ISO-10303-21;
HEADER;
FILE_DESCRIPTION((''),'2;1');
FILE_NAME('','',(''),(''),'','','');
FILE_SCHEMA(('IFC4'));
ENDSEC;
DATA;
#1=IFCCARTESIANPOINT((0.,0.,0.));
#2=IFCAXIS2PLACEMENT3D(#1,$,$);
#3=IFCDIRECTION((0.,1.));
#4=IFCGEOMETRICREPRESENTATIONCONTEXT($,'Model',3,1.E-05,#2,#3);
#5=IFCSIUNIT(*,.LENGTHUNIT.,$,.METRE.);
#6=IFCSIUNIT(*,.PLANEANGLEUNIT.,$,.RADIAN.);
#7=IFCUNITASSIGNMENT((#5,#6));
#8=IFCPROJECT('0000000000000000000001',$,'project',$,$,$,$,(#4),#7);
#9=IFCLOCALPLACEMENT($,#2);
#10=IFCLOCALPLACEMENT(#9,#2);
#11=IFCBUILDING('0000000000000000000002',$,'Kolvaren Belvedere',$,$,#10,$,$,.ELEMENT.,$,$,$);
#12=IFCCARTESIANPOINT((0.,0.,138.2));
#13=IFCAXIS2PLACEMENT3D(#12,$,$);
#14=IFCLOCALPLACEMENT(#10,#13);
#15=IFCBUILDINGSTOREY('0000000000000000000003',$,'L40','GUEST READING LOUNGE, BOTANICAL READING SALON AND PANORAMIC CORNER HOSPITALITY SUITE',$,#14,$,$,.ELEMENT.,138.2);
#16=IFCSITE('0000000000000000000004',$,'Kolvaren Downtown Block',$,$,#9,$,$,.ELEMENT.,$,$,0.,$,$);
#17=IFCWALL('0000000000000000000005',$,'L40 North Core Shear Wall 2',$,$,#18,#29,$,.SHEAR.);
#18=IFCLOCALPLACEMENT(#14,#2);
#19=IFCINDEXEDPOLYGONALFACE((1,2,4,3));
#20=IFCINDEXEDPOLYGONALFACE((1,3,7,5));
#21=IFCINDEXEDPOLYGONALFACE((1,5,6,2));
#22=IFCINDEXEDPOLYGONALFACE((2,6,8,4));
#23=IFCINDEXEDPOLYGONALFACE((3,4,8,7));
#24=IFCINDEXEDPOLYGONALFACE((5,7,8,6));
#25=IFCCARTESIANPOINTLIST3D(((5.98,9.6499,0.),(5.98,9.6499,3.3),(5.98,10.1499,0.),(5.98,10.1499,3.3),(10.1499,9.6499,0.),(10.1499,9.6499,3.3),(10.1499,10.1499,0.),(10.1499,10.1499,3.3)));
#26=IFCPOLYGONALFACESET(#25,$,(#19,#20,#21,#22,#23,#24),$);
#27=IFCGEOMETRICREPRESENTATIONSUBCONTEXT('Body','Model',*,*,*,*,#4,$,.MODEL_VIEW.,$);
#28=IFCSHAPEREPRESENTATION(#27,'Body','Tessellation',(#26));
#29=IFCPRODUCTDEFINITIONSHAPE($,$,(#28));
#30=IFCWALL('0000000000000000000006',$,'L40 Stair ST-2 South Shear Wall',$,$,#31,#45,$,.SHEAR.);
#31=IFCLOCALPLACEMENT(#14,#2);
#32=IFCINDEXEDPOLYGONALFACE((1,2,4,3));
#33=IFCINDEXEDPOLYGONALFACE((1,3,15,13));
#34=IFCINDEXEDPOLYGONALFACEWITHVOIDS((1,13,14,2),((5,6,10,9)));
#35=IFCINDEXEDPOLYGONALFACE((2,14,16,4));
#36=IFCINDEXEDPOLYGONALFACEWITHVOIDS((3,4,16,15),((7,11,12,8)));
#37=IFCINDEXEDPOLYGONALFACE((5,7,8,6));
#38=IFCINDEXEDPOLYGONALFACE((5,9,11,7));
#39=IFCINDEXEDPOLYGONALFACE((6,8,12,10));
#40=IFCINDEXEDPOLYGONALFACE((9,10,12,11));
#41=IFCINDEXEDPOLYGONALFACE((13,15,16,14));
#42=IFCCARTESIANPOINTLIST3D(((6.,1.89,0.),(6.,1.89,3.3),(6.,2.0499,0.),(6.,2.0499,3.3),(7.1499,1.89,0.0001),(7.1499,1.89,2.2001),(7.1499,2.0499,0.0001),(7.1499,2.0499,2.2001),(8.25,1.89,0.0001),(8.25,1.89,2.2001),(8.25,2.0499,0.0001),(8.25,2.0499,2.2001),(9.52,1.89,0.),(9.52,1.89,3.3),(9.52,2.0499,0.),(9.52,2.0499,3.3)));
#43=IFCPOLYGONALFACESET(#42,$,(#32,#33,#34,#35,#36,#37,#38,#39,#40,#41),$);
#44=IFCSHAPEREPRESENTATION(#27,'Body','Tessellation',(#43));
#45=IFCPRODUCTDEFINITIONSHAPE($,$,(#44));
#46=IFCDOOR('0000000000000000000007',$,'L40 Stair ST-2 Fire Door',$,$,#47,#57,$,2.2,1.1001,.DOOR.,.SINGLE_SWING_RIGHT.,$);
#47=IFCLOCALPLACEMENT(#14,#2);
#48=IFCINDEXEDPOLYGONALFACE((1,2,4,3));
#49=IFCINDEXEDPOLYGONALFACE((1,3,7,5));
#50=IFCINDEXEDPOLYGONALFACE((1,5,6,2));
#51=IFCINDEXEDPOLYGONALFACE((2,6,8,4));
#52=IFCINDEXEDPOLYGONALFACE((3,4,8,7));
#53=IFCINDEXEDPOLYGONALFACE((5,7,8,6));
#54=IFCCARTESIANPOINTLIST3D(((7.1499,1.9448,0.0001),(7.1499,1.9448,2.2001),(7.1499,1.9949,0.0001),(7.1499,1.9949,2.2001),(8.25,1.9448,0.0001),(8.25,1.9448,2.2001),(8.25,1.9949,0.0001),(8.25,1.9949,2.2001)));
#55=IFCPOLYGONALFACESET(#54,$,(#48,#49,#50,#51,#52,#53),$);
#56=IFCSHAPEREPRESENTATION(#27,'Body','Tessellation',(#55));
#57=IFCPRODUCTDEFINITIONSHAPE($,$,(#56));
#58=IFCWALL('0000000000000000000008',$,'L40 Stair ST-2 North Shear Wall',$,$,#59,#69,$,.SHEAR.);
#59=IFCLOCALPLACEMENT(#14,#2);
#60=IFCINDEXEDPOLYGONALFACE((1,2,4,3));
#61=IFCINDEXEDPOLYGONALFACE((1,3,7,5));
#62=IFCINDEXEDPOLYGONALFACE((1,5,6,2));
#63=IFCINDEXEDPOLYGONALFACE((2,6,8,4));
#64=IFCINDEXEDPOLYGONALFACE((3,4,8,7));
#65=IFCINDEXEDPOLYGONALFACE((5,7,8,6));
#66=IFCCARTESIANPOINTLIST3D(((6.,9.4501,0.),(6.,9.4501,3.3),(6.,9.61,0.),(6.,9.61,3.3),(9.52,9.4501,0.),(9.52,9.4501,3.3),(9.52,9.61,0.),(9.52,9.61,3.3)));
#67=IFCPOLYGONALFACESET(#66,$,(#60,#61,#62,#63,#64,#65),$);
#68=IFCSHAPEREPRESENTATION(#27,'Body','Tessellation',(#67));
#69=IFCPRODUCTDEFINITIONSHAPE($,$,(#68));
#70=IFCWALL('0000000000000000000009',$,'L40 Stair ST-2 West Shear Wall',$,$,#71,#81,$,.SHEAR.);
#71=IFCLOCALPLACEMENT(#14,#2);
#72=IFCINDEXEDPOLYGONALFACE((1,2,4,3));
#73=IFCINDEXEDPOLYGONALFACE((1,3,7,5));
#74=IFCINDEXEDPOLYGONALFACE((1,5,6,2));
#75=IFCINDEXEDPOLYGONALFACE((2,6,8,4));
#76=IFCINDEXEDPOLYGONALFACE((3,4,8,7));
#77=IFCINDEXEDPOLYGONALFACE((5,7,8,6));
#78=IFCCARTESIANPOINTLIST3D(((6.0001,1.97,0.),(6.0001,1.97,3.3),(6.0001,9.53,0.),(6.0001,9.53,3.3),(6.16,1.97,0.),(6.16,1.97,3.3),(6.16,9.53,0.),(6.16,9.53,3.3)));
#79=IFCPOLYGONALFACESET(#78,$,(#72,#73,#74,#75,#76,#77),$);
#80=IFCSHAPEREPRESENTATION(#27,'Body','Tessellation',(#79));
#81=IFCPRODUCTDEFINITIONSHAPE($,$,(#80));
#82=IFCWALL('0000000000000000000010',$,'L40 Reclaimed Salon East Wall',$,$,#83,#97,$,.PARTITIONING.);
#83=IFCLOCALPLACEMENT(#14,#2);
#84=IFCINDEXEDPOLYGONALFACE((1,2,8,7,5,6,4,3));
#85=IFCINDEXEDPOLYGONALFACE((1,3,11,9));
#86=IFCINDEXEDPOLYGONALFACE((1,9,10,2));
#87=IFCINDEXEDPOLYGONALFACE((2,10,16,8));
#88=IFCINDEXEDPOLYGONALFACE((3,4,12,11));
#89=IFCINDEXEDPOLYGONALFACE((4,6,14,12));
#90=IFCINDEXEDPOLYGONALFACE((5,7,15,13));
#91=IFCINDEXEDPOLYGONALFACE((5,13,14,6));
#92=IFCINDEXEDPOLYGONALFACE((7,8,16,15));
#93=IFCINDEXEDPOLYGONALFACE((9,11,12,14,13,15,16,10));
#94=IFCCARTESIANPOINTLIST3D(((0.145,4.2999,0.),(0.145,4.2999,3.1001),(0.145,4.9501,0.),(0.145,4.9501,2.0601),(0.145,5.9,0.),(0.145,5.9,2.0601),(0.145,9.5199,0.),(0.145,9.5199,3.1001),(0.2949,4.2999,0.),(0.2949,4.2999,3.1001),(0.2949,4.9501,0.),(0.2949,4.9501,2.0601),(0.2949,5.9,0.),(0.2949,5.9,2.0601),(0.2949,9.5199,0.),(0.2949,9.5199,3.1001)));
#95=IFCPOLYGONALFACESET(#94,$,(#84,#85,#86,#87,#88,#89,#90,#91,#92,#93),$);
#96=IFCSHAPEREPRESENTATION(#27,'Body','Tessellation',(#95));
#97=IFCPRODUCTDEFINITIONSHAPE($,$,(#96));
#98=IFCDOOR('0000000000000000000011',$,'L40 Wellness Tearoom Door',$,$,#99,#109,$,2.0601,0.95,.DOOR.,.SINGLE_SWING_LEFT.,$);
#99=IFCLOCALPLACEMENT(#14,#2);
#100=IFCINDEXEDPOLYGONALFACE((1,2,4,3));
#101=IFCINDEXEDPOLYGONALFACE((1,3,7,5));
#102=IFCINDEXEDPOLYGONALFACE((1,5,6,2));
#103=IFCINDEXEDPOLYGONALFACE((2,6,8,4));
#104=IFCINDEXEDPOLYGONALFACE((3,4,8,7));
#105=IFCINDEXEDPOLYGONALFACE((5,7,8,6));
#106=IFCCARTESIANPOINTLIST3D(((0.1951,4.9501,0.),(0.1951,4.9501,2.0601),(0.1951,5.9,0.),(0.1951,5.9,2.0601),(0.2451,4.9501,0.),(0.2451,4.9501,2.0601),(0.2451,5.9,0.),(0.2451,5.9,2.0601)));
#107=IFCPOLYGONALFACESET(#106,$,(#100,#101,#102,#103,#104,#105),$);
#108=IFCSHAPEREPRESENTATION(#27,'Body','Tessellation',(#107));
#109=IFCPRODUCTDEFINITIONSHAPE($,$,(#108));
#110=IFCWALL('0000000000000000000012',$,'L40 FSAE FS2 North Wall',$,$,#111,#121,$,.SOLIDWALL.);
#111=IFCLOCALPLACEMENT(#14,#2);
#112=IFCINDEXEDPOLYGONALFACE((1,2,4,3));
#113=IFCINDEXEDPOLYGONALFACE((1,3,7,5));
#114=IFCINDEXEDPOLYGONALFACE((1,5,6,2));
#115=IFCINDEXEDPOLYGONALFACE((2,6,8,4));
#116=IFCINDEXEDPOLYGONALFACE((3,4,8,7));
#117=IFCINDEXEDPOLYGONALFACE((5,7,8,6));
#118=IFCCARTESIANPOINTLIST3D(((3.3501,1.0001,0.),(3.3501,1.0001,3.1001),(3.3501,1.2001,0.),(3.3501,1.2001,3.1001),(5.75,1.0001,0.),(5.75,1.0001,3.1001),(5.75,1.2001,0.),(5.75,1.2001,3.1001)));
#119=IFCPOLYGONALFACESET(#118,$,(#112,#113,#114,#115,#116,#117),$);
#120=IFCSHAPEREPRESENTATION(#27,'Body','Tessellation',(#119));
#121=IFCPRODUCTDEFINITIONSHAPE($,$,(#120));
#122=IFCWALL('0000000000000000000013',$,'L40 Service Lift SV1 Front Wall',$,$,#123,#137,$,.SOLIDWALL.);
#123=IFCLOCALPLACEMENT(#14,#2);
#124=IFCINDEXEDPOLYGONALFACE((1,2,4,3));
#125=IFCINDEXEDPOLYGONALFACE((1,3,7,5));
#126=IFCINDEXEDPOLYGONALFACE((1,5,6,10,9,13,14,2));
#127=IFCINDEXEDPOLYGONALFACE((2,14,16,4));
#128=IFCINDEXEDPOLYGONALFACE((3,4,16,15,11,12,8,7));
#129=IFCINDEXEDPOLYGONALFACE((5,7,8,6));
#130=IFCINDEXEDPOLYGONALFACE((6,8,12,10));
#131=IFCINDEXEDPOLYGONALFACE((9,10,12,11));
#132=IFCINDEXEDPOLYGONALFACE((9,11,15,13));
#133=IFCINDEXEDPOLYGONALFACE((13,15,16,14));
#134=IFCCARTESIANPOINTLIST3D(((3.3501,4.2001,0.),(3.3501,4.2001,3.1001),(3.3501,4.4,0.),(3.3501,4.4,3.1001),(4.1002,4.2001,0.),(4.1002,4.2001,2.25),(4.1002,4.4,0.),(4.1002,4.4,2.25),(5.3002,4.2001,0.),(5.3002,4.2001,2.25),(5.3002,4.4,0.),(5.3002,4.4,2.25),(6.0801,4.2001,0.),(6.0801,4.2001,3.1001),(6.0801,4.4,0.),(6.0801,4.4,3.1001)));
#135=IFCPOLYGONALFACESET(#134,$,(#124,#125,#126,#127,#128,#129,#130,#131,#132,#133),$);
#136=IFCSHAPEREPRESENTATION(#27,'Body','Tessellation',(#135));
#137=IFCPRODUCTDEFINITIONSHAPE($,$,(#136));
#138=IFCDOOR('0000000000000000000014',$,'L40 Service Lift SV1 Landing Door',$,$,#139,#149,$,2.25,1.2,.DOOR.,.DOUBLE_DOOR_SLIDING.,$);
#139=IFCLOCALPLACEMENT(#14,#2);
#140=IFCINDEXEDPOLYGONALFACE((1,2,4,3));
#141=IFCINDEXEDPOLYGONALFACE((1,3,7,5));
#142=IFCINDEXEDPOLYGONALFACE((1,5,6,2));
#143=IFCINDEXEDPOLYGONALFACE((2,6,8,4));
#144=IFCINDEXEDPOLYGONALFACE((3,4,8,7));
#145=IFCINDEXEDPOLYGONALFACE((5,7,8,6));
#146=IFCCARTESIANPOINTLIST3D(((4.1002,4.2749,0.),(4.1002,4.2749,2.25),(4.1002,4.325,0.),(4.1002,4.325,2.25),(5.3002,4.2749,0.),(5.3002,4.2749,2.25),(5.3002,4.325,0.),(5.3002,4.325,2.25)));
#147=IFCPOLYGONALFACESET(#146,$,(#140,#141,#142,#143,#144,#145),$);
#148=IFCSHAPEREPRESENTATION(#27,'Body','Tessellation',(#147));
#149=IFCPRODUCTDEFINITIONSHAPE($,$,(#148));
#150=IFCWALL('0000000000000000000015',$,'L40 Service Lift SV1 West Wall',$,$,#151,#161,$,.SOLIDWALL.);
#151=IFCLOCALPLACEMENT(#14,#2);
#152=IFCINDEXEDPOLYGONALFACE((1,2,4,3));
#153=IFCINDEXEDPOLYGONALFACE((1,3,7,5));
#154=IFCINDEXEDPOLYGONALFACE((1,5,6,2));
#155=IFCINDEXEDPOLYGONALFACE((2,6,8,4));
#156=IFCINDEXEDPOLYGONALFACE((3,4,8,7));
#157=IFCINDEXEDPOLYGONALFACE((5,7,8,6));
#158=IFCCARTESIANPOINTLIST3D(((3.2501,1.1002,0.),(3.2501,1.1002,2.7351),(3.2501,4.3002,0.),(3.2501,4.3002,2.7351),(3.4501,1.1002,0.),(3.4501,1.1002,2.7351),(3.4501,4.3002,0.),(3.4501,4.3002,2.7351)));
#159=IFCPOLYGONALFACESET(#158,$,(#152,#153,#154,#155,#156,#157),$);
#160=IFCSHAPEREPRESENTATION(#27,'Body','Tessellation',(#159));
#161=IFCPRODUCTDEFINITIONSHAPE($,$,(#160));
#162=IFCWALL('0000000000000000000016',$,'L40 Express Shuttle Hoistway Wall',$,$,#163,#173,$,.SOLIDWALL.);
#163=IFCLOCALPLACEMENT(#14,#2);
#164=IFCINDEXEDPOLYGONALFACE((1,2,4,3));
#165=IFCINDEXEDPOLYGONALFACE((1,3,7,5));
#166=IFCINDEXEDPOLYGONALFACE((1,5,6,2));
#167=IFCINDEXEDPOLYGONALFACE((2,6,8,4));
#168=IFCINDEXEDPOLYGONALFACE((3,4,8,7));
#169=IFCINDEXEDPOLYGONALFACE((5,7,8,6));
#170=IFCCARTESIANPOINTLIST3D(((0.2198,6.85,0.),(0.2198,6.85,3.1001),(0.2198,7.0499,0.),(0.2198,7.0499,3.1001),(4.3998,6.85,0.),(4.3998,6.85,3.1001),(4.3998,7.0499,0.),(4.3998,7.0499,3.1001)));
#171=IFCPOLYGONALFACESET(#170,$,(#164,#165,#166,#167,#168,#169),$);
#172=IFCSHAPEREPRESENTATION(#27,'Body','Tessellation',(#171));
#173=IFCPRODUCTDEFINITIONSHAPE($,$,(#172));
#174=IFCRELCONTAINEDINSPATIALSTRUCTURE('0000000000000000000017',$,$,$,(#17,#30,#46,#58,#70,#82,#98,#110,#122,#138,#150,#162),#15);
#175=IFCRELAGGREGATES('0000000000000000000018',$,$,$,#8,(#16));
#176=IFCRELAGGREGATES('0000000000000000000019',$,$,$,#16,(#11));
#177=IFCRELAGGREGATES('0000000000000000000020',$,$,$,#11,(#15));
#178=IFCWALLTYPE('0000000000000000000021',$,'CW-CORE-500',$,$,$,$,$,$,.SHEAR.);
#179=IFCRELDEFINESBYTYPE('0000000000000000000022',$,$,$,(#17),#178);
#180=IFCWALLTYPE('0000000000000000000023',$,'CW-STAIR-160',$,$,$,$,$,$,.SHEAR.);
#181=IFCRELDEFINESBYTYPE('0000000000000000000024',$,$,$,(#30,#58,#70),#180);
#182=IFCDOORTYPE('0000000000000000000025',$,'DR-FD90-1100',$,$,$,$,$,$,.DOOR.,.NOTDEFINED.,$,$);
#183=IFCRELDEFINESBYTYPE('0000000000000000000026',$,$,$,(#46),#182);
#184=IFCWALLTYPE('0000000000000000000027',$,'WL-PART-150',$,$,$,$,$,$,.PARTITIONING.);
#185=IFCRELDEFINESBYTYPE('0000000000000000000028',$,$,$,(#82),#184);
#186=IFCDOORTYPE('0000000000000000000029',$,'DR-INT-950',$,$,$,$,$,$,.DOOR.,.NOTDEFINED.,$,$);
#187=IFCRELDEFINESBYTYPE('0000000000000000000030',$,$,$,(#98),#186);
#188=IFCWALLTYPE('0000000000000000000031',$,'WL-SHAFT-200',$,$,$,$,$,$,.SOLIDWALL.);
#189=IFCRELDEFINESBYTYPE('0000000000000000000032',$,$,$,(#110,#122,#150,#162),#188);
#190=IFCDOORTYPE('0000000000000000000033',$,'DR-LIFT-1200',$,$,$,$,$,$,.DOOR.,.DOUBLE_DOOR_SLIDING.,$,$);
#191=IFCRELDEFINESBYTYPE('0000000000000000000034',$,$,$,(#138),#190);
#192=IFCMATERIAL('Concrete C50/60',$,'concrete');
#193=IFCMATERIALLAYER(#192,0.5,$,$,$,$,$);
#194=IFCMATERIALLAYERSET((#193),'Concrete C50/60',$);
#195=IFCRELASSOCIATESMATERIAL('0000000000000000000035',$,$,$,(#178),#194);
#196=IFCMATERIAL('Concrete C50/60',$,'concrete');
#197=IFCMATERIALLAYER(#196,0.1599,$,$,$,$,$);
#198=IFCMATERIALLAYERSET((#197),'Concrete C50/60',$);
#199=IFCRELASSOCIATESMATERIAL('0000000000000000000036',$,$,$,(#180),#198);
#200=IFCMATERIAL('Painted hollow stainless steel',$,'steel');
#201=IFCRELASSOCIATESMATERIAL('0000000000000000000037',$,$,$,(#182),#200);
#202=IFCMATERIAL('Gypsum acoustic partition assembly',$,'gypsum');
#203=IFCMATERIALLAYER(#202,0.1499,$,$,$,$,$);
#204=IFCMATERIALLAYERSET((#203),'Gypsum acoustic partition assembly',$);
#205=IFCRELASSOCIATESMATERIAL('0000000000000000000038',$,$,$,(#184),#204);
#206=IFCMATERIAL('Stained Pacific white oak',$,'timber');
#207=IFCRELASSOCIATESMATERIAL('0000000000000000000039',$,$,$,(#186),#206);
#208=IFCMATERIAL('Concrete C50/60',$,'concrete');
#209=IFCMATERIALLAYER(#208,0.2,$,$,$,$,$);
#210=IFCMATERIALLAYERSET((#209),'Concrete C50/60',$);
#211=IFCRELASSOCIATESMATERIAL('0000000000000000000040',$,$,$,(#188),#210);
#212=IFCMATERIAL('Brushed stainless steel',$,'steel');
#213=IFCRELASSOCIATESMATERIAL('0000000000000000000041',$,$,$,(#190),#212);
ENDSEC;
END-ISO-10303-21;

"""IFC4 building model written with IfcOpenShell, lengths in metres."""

from ifc_helpers import new_model, si_unit, direction, frame, frame_2d, origin, place, context, subcontext, project, spatial, rectangle, extrude, material, layer, layer_set, type_object, element, fill, save


model = new_model("IFC4")

# Units and contexts
model_context = context("Model", 3, precision=1e-05, world=origin(), true_north=direction((0.0, 1.0)))
body_context = subcontext(model_context, "Body", "Model", "MODEL_VIEW")
ifc_project = project(units=[si_unit("LENGTHUNIT", "METRE"), si_unit("PLANEANGLEUNIT", "RADIAN")], contexts=[model_context])

# Site, building, storey
site_placement = place(None, origin())
site = spatial("IfcSite", under=ifc_project, at=site_placement, Name="Kolvaren Downtown Block", CompositionType="ELEMENT", RefElevation=0.0)
building_placement = place(site_placement, origin())
building = spatial("IfcBuilding", under=site, at=building_placement, Name="Kolvaren Belvedere", CompositionType="ELEMENT")
storey_placement = place(building_placement, frame((0.0, 0.0, 138.2)))
storey = spatial("IfcBuildingStorey", under=building, at=storey_placement, Name="L40", Description="GUEST READING LOUNGE, BOTANICAL READING SALON AND PANORAMIC CORNER HOSPITALITY SUITE", CompositionType="ELEMENT", Elevation=138.2)

# Wall
ifc_material_1 = material(Name="Concrete C50/60", Category="concrete")
ifc_layer_1 = layer(ifc_material_1, 0.5)
ifc_layer_set_1 = layer_set([ifc_layer_1], Name="Concrete C50/60")
wall_type_1 = type_object("IfcWallType", Name="CW-CORE-500", PredefinedType="SHEAR", material=ifc_layer_set_1)
wall_1_placement = place(storey_placement, frame((5.98, 9.8999, 0.0), z_axis=(0.0, 0.0, 1.0), x_axis=(1.0, 0.0, 0.0)))
element("IfcWall", 1, at=wall_1_placement, inside=storey, type_object=wall_type_1, Name="L40 North Core Shear Wall 2", PredefinedType="SHEAR", context=body_context, shape_type="SweptSolid", body=[
    extrude(rectangle(XDim=4.1699, YDim=0.5, at=frame_2d((2.085, 0.0))), origin(), (0.0, 0.0, 1.0), 3.3),
])

# Wall, opening, door
ifc_material_2 = material(Name="Concrete C50/60", Category="concrete")
ifc_layer_2 = layer(ifc_material_2, 0.1599)
ifc_layer_set_2 = layer_set([ifc_layer_2], Name="Concrete C50/60")
wall_type_2 = type_object("IfcWallType", Name="CW-STAIR-160", PredefinedType="SHEAR", material=ifc_layer_set_2)
wall_2_placement = place(storey_placement, frame((6.0, 1.97, 0.0), z_axis=(0.0, 0.0, 1.0), x_axis=(1.0, 0.0, 0.0)))
wall_2 = element("IfcWall", 2, at=wall_2_placement, inside=storey, type_object=wall_type_2, Name="L40 Stair ST-2 South Shear Wall", PredefinedType="SHEAR", context=body_context, shape_type="SweptSolid", body=[
    extrude(rectangle(XDim=3.52, YDim=0.1599, at=frame_2d((1.76, 0.0))), origin(), (0.0, 0.0, 1.0), 3.3),
])
opening_1_placement = place(wall_2_placement, frame((1.1499, 0.0, 0.0)))
opening_1 = element("IfcOpeningElement", 3, at=opening_1_placement, cuts=wall_2, PredefinedType="OPENING", context=body_context, shape_type="SweptSolid", body=[
    extrude(rectangle(XDim=1.1001, YDim=2.2, at=frame_2d((0.55, 1.1001))), frame((0.0, 0.0898, 0.0), z_axis=(0.0, -1.0, 0.0), x_axis=(1.0, 0.0, 0.0)), (0.0, 0.0, 1.0), 0.1799),
])
ifc_material_3 = material(Name="Painted hollow stainless steel", Category="steel")
door_type_1 = type_object("IfcDoorType", Name="DR-FD90-1100", OperationType="NOTDEFINED", PredefinedType="DOOR", material=ifc_material_3)
door_1_placement = place(opening_1_placement, origin())
door_1 = element("IfcDoor", 4, at=door_1_placement, inside=storey, type_object=door_type_1, Name="L40 Stair ST-2 Fire Door", OperationType="SINGLE_SWING_RIGHT", OverallHeight=2.2, OverallWidth=1.1001, PredefinedType="DOOR", context=body_context, shape_type="SweptSolid", body=[
    extrude(rectangle(XDim=1.1001, YDim=2.2, at=frame_2d((0.55, 1.1001))), frame((0.0, 0.0249, 0.0), z_axis=(0.0, -1.0, 0.0), x_axis=(1.0, 0.0, 0.0)), (0.0, 0.0, 1.0), 0.05),
])
fill(opening_1, door_1)

# Walls
wall_3_placement = place(storey_placement, frame((6.0, 9.53, 0.0), z_axis=(0.0, 0.0, 1.0), x_axis=(1.0, 0.0, 0.0)))
element("IfcWall", 5, at=wall_3_placement, inside=storey, type_object=wall_type_2, Name="L40 Stair ST-2 North Shear Wall", PredefinedType="SHEAR", context=body_context, shape_type="SweptSolid", body=[
    extrude(rectangle(XDim=3.52, YDim=0.1599, at=frame_2d((1.76, 0.0))), origin(), (0.0, 0.0, 1.0), 3.3),
])
wall_4_placement = place(storey_placement, frame((6.0801, 1.97, 0.0), z_axis=(0.0, 0.0, 1.0), x_axis=(0.0, 1.0, 0.0)))
element("IfcWall", 6, at=wall_4_placement, inside=storey, type_object=wall_type_2, Name="L40 Stair ST-2 West Shear Wall", PredefinedType="SHEAR", context=body_context, shape_type="SweptSolid", body=[
    extrude(rectangle(XDim=7.5601, YDim=0.1599, at=frame_2d((3.78, 0.0))), origin(), (0.0, 0.0, 1.0), 3.3),
])

# Wall, opening, door
ifc_material_4 = material(Name="Gypsum acoustic partition assembly", Category="gypsum")
ifc_layer_3 = layer(ifc_material_4, 0.1499)
ifc_layer_set_3 = layer_set([ifc_layer_3], Name="Gypsum acoustic partition assembly")
wall_type_3 = type_object("IfcWallType", Name="WL-PART-150", PredefinedType="PARTITIONING", material=ifc_layer_set_3)
wall_5_placement = place(storey_placement, frame((0.22, 4.3, 0.0), z_axis=(0.0, 0.0, 1.0), x_axis=(0.0, 1.0, 0.0)))
wall_5 = element("IfcWall", 7, at=wall_5_placement, inside=storey, type_object=wall_type_3, Name="L40 Reclaimed Salon East Wall", PredefinedType="PARTITIONING", context=body_context, shape_type="SweptSolid", body=[
    extrude(rectangle(XDim=5.22, YDim=0.1499, at=frame_2d((2.6099, 0.0))), origin(), (0.0, 0.0, 1.0), 3.1001),
])
opening_2_placement = place(wall_5_placement, frame((0.6499, 0.0, 0.0)))
opening_2 = element("IfcOpeningElement", 8, at=opening_2_placement, cuts=wall_5, PredefinedType="OPENING", context=body_context, shape_type="SweptSolid", body=[
    extrude(rectangle(XDim=0.95, YDim=2.0601, at=frame_2d((0.4751, 1.03))), frame((0.0, 0.085, 0.0), z_axis=(0.0, -1.0, 0.0), x_axis=(1.0, 0.0, 0.0)), (0.0, 0.0, 1.0), 0.1699),
])
ifc_material_5 = material(Name="Stained Pacific white oak", Category="timber")
door_type_2 = type_object("IfcDoorType", Name="DR-INT-950", OperationType="NOTDEFINED", PredefinedType="DOOR", material=ifc_material_5)
door_2_placement = place(opening_2_placement, origin())
door_2 = element("IfcDoor", 9, at=door_2_placement, inside=storey, type_object=door_type_2, Name="L40 Wellness Tearoom Door", OperationType="SINGLE_SWING_LEFT", OverallHeight=2.0601, OverallWidth=0.95, PredefinedType="DOOR", context=body_context, shape_type="SweptSolid", body=[
    extrude(rectangle(XDim=0.95, YDim=2.0601, at=frame_2d((0.4751, 1.03))), frame((0.0, 0.0249, 0.0), z_axis=(0.0, -1.0, 0.0), x_axis=(1.0, 0.0, 0.0)), (0.0, 0.0, 1.0), 0.05),
])
fill(opening_2, door_2)

# Wall
ifc_material_6 = material(Name="Concrete C50/60", Category="concrete")
ifc_layer_4 = layer(ifc_material_6, 0.2)
ifc_layer_set_4 = layer_set([ifc_layer_4], Name="Concrete C50/60")
wall_type_4 = type_object("IfcWallType", Name="WL-SHAFT-200", PredefinedType="SOLIDWALL", material=ifc_layer_set_4)
wall_6_placement = place(storey_placement, frame((3.3501, 1.1001, 0.0), z_axis=(0.0, 0.0, 1.0), x_axis=(1.0, 0.0, 0.0)))
element("IfcWall", 10, at=wall_6_placement, inside=storey, type_object=wall_type_4, Name="L40 FSAE FS2 North Wall", PredefinedType="SOLIDWALL", context=body_context, shape_type="SweptSolid", body=[
    extrude(rectangle(XDim=2.3999, YDim=0.2, at=frame_2d((1.2, 0.0))), origin(), (0.0, 0.0, 1.0), 3.1001),
])

# Wall, opening, door
wall_7_placement = place(storey_placement, frame((3.3501, 4.3, 0.0), z_axis=(0.0, 0.0, 1.0), x_axis=(1.0, 0.0, 0.0)))
wall_7 = element("IfcWall", 11, at=wall_7_placement, inside=storey, type_object=wall_type_4, Name="L40 Service Lift SV1 Front Wall", PredefinedType="SOLIDWALL", context=body_context, shape_type="SweptSolid", body=[
    extrude(rectangle(XDim=2.73, YDim=0.2, at=frame_2d((1.365, 0.0))), origin(), (0.0, 0.0, 1.0), 3.1001),
])
opening_3_placement = place(wall_7_placement, frame((0.75, 0.0, 0.0)))
opening_3 = element("IfcOpeningElement", 12, at=opening_3_placement, cuts=wall_7, PredefinedType="OPENING", context=body_context, shape_type="SweptSolid", body=[
    extrude(rectangle(XDim=1.2, YDim=2.25, at=frame_2d((0.6001, 1.125))), frame((0.0, 0.1099, 0.0), z_axis=(0.0, -1.0, 0.0), x_axis=(1.0, 0.0, 0.0)), (0.0, 0.0, 1.0), 0.22),
])
ifc_material_7 = material(Name="Brushed stainless steel", Category="steel")
door_type_3 = type_object("IfcDoorType", Name="DR-LIFT-1200", OperationType="DOUBLE_DOOR_SLIDING", PredefinedType="DOOR", material=ifc_material_7)
door_3_placement = place(opening_3_placement, origin())
door_3 = element("IfcDoor", 13, at=door_3_placement, inside=storey, type_object=door_type_3, Name="L40 Service Lift SV1 Landing Door", OperationType="DOUBLE_DOOR_SLIDING", OverallHeight=2.25, OverallWidth=1.2, PredefinedType="DOOR", context=body_context, shape_type="SweptSolid", body=[
    extrude(rectangle(XDim=1.2, YDim=2.25, at=frame_2d((0.6001, 1.125))), frame((0.0, 0.0249, 0.0), z_axis=(0.0, -1.0, 0.0), x_axis=(1.0, 0.0, 0.0)), (0.0, 0.0, 1.0), 0.05),
])
fill(opening_3, door_3)

# Walls
wall_8_placement = place(storey_placement, frame((3.3501, 1.1001, 0.0), z_axis=(0.0, 0.0, 1.0), x_axis=(0.0, 1.0, 0.0)))
element("IfcWall", 14, at=wall_8_placement, inside=storey, type_object=wall_type_4, Name="L40 Service Lift SV1 West Wall", PredefinedType="SOLIDWALL", context=body_context, shape_type="SweptSolid", body=[
    extrude(rectangle(XDim=3.2, YDim=0.2, at=frame_2d((1.6001, 0.0))), origin(), (0.0, 0.0, 1.0), 2.7351),
])
wall_9_placement = place(storey_placement, frame((0.22, 6.95, 0.0), z_axis=(0.0, 0.0, 1.0), x_axis=(1.0, 0.0, 0.0)))
element("IfcWall", 15, at=wall_9_placement, inside=storey, type_object=wall_type_4, Name="L40 Express Shuttle Hoistway Wall", PredefinedType="SOLIDWALL", context=body_context, shape_type="SweptSolid", body=[
    extrude(rectangle(XDim=4.1799, YDim=0.2, at=frame_2d((2.0898, 0.0))), origin(), (0.0, 0.0, 1.0), 3.1001),
])

save(model, "model.ifc")
